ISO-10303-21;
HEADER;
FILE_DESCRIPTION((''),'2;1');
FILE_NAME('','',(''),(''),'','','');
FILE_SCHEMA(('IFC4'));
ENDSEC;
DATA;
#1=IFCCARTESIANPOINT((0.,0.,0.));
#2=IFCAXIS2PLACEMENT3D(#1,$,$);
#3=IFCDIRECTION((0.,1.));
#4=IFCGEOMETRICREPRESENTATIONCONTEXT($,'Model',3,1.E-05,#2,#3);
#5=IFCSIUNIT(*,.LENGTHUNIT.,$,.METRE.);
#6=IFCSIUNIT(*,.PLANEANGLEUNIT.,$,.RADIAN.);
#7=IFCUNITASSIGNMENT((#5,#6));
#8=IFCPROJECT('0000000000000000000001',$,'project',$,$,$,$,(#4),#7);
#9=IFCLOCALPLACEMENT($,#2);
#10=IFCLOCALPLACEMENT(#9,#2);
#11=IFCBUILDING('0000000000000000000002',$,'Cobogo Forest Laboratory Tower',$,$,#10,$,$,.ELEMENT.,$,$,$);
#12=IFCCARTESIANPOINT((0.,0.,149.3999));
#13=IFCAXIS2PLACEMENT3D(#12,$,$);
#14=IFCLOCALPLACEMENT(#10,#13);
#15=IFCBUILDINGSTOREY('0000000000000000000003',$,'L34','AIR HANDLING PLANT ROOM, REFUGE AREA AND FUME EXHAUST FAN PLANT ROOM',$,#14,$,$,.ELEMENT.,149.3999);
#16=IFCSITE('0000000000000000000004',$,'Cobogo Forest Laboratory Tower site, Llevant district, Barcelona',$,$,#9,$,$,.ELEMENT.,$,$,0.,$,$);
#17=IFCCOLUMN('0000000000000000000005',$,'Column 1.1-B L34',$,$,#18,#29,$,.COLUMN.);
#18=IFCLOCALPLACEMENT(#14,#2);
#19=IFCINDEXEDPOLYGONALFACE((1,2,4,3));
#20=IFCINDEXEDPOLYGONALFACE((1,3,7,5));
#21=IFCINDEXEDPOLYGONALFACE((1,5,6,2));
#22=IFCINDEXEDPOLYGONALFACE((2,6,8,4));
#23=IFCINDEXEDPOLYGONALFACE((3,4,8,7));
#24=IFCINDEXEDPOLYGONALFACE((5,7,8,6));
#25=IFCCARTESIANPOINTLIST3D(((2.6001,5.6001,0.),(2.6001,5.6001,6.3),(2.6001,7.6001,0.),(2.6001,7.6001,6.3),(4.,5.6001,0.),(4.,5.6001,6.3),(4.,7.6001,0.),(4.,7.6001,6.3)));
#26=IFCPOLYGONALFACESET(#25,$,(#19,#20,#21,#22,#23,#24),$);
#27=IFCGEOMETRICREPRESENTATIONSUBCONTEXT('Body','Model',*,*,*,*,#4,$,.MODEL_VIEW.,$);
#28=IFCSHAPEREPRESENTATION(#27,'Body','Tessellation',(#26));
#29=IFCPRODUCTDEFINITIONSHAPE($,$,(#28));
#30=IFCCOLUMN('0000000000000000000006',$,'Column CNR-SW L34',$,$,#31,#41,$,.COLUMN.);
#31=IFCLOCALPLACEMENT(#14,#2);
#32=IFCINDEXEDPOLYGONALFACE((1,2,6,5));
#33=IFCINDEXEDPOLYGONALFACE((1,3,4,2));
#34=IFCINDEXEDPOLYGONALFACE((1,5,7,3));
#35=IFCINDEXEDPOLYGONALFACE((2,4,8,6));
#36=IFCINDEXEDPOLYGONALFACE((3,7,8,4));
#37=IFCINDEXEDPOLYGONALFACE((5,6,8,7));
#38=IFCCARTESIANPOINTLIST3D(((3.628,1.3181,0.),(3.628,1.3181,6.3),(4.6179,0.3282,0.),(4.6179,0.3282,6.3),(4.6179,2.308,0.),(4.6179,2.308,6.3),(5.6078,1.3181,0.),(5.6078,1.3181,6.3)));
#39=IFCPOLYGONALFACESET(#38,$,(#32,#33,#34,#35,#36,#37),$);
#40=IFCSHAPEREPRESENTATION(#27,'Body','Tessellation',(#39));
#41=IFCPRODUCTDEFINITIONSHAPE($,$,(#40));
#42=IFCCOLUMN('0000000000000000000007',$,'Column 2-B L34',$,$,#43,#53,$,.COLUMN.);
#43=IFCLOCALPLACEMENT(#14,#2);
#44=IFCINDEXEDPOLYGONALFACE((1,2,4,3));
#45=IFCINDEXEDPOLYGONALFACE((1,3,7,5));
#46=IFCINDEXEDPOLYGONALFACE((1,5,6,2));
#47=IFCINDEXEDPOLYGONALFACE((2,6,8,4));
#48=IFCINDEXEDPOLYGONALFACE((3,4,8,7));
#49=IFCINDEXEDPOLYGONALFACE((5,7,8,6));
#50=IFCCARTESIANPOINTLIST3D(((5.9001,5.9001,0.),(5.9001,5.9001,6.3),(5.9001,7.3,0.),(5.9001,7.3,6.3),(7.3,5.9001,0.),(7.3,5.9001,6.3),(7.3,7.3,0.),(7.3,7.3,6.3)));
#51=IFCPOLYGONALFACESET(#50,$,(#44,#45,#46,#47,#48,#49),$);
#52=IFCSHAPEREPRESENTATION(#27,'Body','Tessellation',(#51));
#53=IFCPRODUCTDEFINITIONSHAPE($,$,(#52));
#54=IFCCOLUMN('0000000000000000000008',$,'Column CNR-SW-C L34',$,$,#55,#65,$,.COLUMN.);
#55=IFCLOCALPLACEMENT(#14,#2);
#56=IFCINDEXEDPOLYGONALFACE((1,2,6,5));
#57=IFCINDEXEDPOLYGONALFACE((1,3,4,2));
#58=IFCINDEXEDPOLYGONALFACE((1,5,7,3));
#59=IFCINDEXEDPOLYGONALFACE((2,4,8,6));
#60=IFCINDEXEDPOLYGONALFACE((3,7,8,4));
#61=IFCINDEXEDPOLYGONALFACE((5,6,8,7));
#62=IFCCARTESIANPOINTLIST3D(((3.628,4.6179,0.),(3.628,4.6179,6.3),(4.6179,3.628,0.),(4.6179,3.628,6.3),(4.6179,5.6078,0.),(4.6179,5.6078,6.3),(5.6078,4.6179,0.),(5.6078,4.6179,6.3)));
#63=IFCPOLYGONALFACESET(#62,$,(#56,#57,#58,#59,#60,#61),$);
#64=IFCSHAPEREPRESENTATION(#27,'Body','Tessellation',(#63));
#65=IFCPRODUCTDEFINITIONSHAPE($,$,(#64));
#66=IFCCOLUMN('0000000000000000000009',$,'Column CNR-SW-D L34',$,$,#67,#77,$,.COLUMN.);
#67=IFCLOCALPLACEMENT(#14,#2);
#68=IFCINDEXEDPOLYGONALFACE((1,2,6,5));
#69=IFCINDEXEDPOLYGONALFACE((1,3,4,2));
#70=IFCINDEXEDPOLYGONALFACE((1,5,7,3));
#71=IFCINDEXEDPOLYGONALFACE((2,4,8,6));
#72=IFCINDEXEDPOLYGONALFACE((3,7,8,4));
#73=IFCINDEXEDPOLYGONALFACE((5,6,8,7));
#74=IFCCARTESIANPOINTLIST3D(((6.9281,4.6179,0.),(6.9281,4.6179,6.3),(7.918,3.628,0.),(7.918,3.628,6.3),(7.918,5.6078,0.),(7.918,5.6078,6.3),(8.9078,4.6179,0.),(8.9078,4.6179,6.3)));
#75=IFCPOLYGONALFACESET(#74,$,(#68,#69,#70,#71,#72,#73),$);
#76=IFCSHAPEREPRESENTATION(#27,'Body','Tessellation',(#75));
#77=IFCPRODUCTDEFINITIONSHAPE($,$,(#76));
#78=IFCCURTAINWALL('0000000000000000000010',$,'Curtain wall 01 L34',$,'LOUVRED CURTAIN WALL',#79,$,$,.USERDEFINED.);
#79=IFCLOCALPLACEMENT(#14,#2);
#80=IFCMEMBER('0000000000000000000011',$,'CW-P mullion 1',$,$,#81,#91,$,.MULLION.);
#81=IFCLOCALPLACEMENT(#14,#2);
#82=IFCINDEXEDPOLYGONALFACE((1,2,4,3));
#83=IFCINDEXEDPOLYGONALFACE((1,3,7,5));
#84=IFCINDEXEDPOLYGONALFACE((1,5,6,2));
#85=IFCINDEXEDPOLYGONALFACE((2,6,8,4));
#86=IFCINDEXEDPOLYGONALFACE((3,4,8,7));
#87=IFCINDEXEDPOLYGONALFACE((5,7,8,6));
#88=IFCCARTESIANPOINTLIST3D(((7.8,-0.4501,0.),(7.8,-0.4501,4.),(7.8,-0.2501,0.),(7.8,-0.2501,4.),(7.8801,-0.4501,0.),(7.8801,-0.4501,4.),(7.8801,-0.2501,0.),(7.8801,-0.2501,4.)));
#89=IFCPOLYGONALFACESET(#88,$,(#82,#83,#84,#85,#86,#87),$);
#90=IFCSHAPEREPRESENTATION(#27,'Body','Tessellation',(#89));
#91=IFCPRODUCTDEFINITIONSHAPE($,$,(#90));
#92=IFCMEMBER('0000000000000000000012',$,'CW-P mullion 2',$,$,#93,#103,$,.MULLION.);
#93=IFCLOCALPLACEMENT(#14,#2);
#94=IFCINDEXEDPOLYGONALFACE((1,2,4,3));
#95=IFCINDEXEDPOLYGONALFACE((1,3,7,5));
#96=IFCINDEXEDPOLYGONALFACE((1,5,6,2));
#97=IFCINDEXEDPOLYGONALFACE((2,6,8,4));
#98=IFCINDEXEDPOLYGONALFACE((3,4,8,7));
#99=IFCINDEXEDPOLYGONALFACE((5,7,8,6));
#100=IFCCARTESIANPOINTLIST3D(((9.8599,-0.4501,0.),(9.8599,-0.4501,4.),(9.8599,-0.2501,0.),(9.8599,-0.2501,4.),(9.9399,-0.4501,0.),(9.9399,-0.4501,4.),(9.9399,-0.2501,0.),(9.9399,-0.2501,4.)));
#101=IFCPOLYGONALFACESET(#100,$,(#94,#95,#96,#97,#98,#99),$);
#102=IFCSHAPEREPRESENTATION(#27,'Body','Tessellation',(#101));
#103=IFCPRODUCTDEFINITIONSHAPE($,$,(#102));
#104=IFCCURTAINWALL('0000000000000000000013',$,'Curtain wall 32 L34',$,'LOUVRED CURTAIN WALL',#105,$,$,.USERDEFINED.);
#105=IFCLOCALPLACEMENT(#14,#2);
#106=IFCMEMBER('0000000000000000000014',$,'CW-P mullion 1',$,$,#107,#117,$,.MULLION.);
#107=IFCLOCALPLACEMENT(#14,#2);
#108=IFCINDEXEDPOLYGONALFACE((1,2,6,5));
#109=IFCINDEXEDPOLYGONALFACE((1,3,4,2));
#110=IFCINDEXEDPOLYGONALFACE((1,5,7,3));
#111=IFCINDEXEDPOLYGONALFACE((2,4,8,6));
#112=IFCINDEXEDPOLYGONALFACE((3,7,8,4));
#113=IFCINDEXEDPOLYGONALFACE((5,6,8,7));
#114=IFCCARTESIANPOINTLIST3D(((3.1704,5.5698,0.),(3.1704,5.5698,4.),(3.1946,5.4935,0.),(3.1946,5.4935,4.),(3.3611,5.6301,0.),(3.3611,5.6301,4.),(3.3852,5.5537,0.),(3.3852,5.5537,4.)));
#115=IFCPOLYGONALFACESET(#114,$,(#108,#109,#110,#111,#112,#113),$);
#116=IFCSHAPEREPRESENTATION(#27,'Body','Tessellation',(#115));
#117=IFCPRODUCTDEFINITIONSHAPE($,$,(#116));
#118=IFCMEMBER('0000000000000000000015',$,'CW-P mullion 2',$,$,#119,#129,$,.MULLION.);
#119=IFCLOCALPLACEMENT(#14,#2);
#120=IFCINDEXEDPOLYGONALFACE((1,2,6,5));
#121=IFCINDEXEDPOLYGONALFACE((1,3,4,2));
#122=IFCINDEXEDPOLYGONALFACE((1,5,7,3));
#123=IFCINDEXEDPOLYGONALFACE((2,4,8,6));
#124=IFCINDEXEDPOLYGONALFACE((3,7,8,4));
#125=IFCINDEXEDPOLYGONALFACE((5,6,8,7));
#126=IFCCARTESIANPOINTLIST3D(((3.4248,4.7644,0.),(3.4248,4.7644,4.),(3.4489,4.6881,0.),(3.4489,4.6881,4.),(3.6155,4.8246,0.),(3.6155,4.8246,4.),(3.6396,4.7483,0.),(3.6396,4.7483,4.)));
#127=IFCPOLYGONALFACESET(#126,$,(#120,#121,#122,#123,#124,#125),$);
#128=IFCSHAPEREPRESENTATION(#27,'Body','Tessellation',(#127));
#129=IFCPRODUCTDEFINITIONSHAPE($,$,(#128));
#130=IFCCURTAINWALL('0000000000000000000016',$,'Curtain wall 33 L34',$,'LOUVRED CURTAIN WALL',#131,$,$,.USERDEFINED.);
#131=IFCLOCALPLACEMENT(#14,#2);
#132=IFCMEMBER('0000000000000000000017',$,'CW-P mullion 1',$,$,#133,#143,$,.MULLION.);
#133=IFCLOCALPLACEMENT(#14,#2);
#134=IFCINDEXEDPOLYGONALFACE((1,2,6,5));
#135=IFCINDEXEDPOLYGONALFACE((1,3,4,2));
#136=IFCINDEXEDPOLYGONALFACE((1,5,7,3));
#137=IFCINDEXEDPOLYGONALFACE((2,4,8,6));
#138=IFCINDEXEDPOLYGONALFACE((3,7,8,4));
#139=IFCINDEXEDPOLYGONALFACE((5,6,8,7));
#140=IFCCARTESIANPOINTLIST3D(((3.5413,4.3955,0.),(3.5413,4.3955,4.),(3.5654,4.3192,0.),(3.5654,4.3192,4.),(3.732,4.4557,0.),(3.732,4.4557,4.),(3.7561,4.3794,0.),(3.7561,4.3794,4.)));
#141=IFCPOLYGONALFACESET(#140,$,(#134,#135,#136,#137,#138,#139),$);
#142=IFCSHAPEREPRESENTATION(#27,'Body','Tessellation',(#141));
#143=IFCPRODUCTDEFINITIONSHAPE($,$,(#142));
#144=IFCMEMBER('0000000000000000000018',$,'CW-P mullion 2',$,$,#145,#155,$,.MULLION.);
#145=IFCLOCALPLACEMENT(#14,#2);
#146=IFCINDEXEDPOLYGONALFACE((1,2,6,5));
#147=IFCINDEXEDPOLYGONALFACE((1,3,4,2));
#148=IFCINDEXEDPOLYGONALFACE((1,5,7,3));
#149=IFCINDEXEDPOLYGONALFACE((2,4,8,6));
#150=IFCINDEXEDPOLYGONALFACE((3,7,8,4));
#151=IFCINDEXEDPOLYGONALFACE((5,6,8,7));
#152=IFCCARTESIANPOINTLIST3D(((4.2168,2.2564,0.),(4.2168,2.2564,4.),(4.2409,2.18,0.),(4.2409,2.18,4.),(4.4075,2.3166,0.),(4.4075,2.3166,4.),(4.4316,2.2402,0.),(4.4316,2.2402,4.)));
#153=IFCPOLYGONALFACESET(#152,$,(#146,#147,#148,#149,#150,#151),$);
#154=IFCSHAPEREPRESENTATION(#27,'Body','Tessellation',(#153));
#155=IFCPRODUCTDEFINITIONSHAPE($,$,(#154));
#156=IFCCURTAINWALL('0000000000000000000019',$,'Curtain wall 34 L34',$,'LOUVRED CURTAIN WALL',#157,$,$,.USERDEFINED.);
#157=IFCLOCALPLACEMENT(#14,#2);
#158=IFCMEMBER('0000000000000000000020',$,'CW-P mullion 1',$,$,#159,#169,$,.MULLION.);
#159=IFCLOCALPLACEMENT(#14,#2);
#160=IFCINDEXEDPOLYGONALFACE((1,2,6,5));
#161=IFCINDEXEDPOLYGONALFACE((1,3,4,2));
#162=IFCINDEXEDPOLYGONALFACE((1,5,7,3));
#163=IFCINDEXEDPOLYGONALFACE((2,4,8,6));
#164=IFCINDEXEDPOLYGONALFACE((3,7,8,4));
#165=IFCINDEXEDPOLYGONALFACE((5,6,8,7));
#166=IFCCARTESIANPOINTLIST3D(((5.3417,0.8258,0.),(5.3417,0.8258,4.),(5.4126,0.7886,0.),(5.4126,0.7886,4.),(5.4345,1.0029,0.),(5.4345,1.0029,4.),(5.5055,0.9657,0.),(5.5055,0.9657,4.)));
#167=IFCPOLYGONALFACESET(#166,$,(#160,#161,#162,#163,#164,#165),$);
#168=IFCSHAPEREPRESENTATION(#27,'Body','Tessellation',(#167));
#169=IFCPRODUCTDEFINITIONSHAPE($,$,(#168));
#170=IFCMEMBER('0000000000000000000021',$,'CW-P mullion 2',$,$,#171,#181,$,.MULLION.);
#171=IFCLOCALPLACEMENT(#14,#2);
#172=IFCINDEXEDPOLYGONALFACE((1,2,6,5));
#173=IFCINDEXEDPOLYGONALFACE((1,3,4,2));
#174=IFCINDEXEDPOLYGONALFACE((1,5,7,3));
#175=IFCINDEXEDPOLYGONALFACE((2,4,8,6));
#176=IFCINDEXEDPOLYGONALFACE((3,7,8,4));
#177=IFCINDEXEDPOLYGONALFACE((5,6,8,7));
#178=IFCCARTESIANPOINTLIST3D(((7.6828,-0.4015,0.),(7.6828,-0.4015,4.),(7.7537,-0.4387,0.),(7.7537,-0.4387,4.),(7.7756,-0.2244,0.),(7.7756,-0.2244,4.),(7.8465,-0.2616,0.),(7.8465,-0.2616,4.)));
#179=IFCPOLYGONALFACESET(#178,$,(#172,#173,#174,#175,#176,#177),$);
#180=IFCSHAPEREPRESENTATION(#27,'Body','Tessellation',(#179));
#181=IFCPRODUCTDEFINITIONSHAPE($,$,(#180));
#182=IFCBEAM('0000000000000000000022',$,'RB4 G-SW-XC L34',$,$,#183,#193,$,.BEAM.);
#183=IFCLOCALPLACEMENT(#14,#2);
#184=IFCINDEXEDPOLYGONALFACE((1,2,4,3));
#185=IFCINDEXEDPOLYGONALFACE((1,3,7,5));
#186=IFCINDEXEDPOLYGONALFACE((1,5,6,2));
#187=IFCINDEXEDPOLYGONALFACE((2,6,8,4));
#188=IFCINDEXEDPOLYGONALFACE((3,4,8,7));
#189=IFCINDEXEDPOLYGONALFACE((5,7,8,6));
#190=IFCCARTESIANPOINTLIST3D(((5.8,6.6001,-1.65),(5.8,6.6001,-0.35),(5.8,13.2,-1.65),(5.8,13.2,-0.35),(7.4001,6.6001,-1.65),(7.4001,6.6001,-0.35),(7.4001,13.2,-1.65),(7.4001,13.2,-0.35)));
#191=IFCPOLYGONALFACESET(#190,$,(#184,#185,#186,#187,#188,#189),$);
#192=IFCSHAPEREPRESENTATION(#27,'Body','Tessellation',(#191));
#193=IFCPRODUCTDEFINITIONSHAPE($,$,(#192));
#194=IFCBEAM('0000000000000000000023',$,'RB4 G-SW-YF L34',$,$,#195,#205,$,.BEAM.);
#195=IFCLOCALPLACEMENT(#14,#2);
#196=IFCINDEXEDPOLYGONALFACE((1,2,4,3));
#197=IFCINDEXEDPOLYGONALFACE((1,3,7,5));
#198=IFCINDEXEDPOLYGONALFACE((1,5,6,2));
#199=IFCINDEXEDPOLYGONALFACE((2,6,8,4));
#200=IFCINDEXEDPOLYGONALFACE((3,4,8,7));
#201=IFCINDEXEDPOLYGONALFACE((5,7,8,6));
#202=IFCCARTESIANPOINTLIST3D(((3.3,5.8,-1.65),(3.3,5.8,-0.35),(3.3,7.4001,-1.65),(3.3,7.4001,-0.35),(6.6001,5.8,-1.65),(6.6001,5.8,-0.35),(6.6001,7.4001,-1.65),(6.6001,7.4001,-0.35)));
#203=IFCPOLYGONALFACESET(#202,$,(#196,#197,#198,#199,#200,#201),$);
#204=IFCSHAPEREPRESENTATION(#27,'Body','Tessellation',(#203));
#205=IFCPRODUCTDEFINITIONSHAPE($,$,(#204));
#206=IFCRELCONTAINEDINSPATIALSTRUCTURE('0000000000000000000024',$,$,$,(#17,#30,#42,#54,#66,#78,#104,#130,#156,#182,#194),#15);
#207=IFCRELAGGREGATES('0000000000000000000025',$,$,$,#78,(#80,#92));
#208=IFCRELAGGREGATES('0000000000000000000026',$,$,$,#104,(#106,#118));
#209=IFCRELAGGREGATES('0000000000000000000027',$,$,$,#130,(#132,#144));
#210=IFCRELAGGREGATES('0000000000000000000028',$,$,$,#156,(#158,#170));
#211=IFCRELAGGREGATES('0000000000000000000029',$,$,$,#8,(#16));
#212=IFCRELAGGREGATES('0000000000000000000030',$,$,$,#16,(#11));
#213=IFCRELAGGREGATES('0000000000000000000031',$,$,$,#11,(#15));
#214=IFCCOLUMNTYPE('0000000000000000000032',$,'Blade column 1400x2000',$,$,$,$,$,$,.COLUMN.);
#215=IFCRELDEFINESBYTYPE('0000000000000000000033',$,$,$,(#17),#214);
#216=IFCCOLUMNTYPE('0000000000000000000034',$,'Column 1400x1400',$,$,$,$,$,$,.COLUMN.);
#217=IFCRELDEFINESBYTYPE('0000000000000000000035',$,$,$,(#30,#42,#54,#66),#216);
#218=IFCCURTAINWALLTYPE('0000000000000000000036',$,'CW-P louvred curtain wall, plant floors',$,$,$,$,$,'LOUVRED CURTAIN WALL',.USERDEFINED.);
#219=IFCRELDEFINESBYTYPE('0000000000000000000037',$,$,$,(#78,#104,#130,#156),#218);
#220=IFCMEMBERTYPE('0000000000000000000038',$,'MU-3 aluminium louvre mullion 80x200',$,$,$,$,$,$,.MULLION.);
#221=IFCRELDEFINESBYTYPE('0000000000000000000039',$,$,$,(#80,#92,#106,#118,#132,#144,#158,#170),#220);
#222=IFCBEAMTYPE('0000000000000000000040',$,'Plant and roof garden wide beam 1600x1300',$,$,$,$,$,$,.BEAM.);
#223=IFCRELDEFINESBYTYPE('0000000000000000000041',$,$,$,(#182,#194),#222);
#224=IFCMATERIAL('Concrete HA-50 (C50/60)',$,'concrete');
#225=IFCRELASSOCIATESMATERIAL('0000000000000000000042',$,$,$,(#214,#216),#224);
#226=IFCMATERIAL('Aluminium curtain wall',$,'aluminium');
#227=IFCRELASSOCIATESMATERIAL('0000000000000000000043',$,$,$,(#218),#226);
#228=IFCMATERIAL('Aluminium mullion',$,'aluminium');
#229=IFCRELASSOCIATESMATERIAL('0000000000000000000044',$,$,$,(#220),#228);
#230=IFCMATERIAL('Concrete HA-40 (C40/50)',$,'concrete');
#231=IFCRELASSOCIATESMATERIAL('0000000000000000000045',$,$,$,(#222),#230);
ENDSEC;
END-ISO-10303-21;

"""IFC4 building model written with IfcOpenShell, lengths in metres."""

from ifc_helpers import new_model, si_unit, direction, frame, origin, origin_2d, place, context, subcontext, project, spatial, rectangle, extrude, material, material_profile, profile_set, type_object, element, aggregate, save


model = new_model("IFC4")

# Units and contexts
model_context = context("Model", 3, precision=1e-05, world=origin(), true_north=direction((0.0, 1.0)))
body_context = subcontext(model_context, "Body", "Model", "MODEL_VIEW")
ifc_project = project(units=[si_unit("LENGTHUNIT", "METRE"), si_unit("PLANEANGLEUNIT", "RADIAN")], contexts=[model_context])

# Site, building, storey
site_placement = place(None, origin())
site = spatial("IfcSite", under=ifc_project, at=site_placement, Name="Cobogo Forest Laboratory Tower site, Llevant district, Barcelona", CompositionType="ELEMENT", RefElevation=0.0)
building_placement = place(site_placement, origin())
building = spatial("IfcBuilding", under=site, at=building_placement, Name="Cobogo Forest Laboratory Tower", CompositionType="ELEMENT")
storey_placement = place(building_placement, frame((0.0, 0.0, 149.3999)))
storey = spatial("IfcBuildingStorey", under=building, at=storey_placement, Name="L34", Description="AIR HANDLING PLANT ROOM, REFUGE AREA AND FUME EXHAUST FAN PLANT ROOM", CompositionType="ELEMENT", Elevation=149.3999)

# Columns
ifc_material_1 = material(Name="Concrete HA-50 (C50/60)", Category="concrete")
ifc_material_profile_1 = material_profile(ifc_material_1, rectangle(XDim=2.0, YDim=1.3999, at=origin_2d()), Name="RC 1400x2000")
ifc_profile_set_1 = profile_set([ifc_material_profile_1], Name="Concrete HA-50 (C50/60)")
column_type_1 = type_object("IfcColumnType", Name="Blade column 1400x2000", PredefinedType="COLUMN", material=ifc_profile_set_1)
column_placement = place(storey_placement, frame((3.3, 6.6001, 0.0), z_axis=(0.0, 0.0, 1.0), x_axis=(0.0, 1.0, 0.0)))
element("IfcColumn", 1, at=column_placement, inside=storey, type_object=column_type_1, Name="Column 1.1-B L34", PredefinedType="COLUMN", context=body_context, shape_type="SweptSolid", body=[
    extrude(rectangle(XDim=2.0, YDim=1.3999, at=origin_2d()), origin(), (0.0, 0.0, 1.0), 6.3),
])
ifc_material_profile_2 = material_profile(ifc_material_1, rectangle(XDim=1.3999, YDim=1.3999, at=origin_2d()), Name="RC 1400x1400")
ifc_profile_set_2 = profile_set([ifc_material_profile_2], Name="Concrete HA-50 (C50/60)")
column_type_2 = type_object("IfcColumnType", Name="Column 1400x1400", PredefinedType="COLUMN", material=ifc_profile_set_2)
for number, where, z_axis, x_axis, name in (
    (2, (4.6179, 1.3181, 0.0), (0.0, 0.0, 1.0), (0.707107, 0.707107, 0.0), "Column CNR-SW L34"),
    (3, (6.6001, 6.6001, 0.0), (0.0, 0.0, 1.0), (1.0, 0.0, 0.0), "Column 2-B L34"),
    (4, (4.6179, 4.6179, 0.0), (0.0, 0.0, 1.0), (0.707107, 0.707107, 0.0), "Column CNR-SW-C L34"),
    (5, (7.918, 4.6179, 0.0), (0.0, 0.0, 1.0), (0.707107, 0.707107, 0.0), "Column CNR-SW-D L34"),
):
    element("IfcColumn", number, at=place(storey_placement, frame(where, z_axis=z_axis, x_axis=x_axis)), inside=storey, type_object=column_type_2, Name=name, PredefinedType="COLUMN", context=body_context, shape_type="SweptSolid", body=[
        extrude(rectangle(XDim=1.3999, YDim=1.3999, at=origin_2d()), origin(), (0.0, 0.0, 1.0), 6.3),
    ])

# Curtain walls, members
ifc_material_2 = material(Name="Aluminium curtain wall", Category="aluminium")
curtain_wall_type = type_object("IfcCurtainWallType", Name="CW-P louvred curtain wall, plant floors", ElementType="LOUVRED CURTAIN WALL", PredefinedType="USERDEFINED", material=ifc_material_2)
curtain_wall_1_placement = place(storey_placement, origin())
curtain_wall_1 = element("IfcCurtainWall", 6, at=curtain_wall_1_placement, inside=storey, type_object=curtain_wall_type, Name="Curtain wall 01 L34", ObjectType="LOUVRED CURTAIN WALL", PredefinedType="USERDEFINED")
ifc_material_3 = material(Name="Aluminium mullion", Category="aluminium")
ifc_material_profile_3 = material_profile(ifc_material_3, rectangle(XDim=0.0801, YDim=0.2, at=origin_2d()), Name="AL 80x200")
ifc_profile_set_3 = profile_set([ifc_material_profile_3], Name="Aluminium mullion")
member_type_1 = type_object("IfcMemberType", Name="MU-3 aluminium louvre mullion 80x200", PredefinedType="MULLION", material=ifc_profile_set_3)
member_1_placement = place(storey_placement, frame((7.8401, -0.3501, 0.0), z_axis=(0.0, 0.0, 1.0), x_axis=(1.0, 0.0, 0.0)))
member_1 = element("IfcMember", 7, at=member_1_placement, type_object=member_type_1, Name="CW-P mullion 1", PredefinedType="MULLION", context=body_context, shape_type="SweptSolid", body=[
    extrude(rectangle(XDim=0.0801, YDim=0.2, at=origin_2d()), origin(), (0.0, 0.0, 1.0), 4.0),
])
member_2_placement = place(storey_placement, frame((9.8999, -0.3501, 0.0), z_axis=(0.0, 0.0, 1.0), x_axis=(1.0, 0.0, 0.0)))
member_2 = element("IfcMember", 8, at=member_2_placement, type_object=member_type_1, Name="CW-P mullion 2", PredefinedType="MULLION", context=body_context, shape_type="SweptSolid", body=[
    extrude(rectangle(XDim=0.0801, YDim=0.2, at=origin_2d()), origin(), (0.0, 0.0, 1.0), 4.0),
])
curtain_wall_2_placement = place(storey_placement, origin())
curtain_wall_2 = element("IfcCurtainWall", 9, at=curtain_wall_2_placement, inside=storey, type_object=curtain_wall_type, Name="Curtain wall 32 L34", ObjectType="LOUVRED CURTAIN WALL", PredefinedType="USERDEFINED")
member_3_placement = place(storey_placement, frame((3.2778, 5.5618, 0.0), z_axis=(0.0, 0.0, 1.0), x_axis=(0.301135, -0.953581, 0.0)))
member_3 = element("IfcMember", 10, at=member_3_placement, type_object=member_type_1, Name="CW-P mullion 1", PredefinedType="MULLION", context=body_context, shape_type="SweptSolid", body=[
    extrude(rectangle(XDim=0.0801, YDim=0.2, at=origin_2d()), origin(), (0.0, 0.0, 1.0), 4.0),
])
member_4_placement = place(storey_placement, frame((3.5322, 4.7563, 0.0), z_axis=(0.0, 0.0, 1.0), x_axis=(0.301135, -0.953581, 0.0)))
member_4 = element("IfcMember", 11, at=member_4_placement, type_object=member_type_1, Name="CW-P mullion 2", PredefinedType="MULLION", context=body_context, shape_type="SweptSolid", body=[
    extrude(rectangle(XDim=0.0801, YDim=0.2, at=origin_2d()), origin(), (0.0, 0.0, 1.0), 4.0),
])
curtain_wall_3_placement = place(storey_placement, origin())
curtain_wall_3 = element("IfcCurtainWall", 12, at=curtain_wall_3_placement, inside=storey, type_object=curtain_wall_type, Name="Curtain wall 33 L34", ObjectType="LOUVRED CURTAIN WALL", PredefinedType="USERDEFINED")
member_5_placement = place(storey_placement, frame((3.6487, 4.3875, 0.0), z_axis=(0.0, 0.0, 1.0), x_axis=(0.301135, -0.953581, 0.0)))
member_5 = element("IfcMember", 13, at=member_5_placement, type_object=member_type_1, Name="CW-P mullion 1", PredefinedType="MULLION", context=body_context, shape_type="SweptSolid", body=[
    extrude(rectangle(XDim=0.0801, YDim=0.2, at=origin_2d()), origin(), (0.0, 0.0, 1.0), 4.0),
])
member_6_placement = place(storey_placement, frame((4.3242, 2.2483, 0.0), z_axis=(0.0, 0.0, 1.0), x_axis=(0.301135, -0.953581, 0.0)))
member_6 = element("IfcMember", 14, at=member_6_placement, type_object=member_type_1, Name="CW-P mullion 2", PredefinedType="MULLION", context=body_context, shape_type="SweptSolid", body=[
    extrude(rectangle(XDim=0.0801, YDim=0.2, at=origin_2d()), origin(), (0.0, 0.0, 1.0), 4.0),
])
curtain_wall_4_placement = place(storey_placement, origin())
curtain_wall_4 = element("IfcCurtainWall", 15, at=curtain_wall_4_placement, inside=storey, type_object=curtain_wall_type, Name="Curtain wall 34 L34", ObjectType="LOUVRED CURTAIN WALL", PredefinedType="USERDEFINED")
member_7_placement = place(storey_placement, frame((5.4236, 0.8958, 0.0), z_axis=(0.0, 0.0, 1.0), x_axis=(0.885687, -0.464284, 0.0)))
member_7 = element("IfcMember", 16, at=member_7_placement, type_object=member_type_1, Name="CW-P mullion 1", PredefinedType="MULLION", context=body_context, shape_type="SweptSolid", body=[
    extrude(rectangle(XDim=0.0801, YDim=0.2, at=origin_2d()), origin(), (0.0, 0.0, 1.0), 4.0),
])
member_8_placement = place(storey_placement, frame((7.7646, -0.3315, 0.0), z_axis=(0.0, 0.0, 1.0), x_axis=(0.885687, -0.464284, 0.0)))
member_8 = element("IfcMember", 17, at=member_8_placement, type_object=member_type_1, Name="CW-P mullion 2", PredefinedType="MULLION", context=body_context, shape_type="SweptSolid", body=[
    extrude(rectangle(XDim=0.0801, YDim=0.2, at=origin_2d()), origin(), (0.0, 0.0, 1.0), 4.0),
])

# Beams
ifc_material_4 = material(Name="Concrete HA-40 (C40/50)", Category="concrete")
ifc_material_profile_4 = material_profile(ifc_material_4, rectangle(XDim=1.6001, YDim=1.3, at=origin_2d()), Name="RC 1600x1300")
ifc_profile_set_4 = profile_set([ifc_material_profile_4], Name="Concrete HA-40 (C40/50)")
beam_type_1 = type_object("IfcBeamType", Name="Plant and roof garden wide beam 1600x1300", PredefinedType="BEAM", material=ifc_profile_set_4)
beam_1_placement = place(storey_placement, frame((6.6001, 6.6001, -1.0), z_axis=(0.0, 1.0, 0.0), x_axis=(-1.0, 0.0, 0.0)))
element("IfcBeam", 18, at=beam_1_placement, inside=storey, type_object=beam_type_1, Name="RB4 G-SW-XC L34", PredefinedType="BEAM", context=body_context, shape_type="SweptSolid", body=[
    extrude(rectangle(XDim=1.6001, YDim=1.3, at=origin_2d()), origin(), (0.0, 0.0, 1.0), 6.5999),
])
beam_2_placement = place(storey_placement, frame((3.3, 6.6001, -1.0), z_axis=(1.0, 0.0, 0.0), x_axis=(0.0, 1.0, 0.0)))
element("IfcBeam", 19, at=beam_2_placement, inside=storey, type_object=beam_type_1, Name="RB4 G-SW-YF L34", PredefinedType="BEAM", context=body_context, shape_type="SweptSolid", body=[
    extrude(rectangle(XDim=1.6001, YDim=1.3, at=origin_2d()), origin(), (0.0, 0.0, 1.0), 3.3),
])

aggregate(curtain_wall_1, [member_1, member_2])
aggregate(curtain_wall_2, [member_3, member_4])
aggregate(curtain_wall_3, [member_5, member_6])
aggregate(curtain_wall_4, [member_7, member_8])

save(model, "model.ifc")
